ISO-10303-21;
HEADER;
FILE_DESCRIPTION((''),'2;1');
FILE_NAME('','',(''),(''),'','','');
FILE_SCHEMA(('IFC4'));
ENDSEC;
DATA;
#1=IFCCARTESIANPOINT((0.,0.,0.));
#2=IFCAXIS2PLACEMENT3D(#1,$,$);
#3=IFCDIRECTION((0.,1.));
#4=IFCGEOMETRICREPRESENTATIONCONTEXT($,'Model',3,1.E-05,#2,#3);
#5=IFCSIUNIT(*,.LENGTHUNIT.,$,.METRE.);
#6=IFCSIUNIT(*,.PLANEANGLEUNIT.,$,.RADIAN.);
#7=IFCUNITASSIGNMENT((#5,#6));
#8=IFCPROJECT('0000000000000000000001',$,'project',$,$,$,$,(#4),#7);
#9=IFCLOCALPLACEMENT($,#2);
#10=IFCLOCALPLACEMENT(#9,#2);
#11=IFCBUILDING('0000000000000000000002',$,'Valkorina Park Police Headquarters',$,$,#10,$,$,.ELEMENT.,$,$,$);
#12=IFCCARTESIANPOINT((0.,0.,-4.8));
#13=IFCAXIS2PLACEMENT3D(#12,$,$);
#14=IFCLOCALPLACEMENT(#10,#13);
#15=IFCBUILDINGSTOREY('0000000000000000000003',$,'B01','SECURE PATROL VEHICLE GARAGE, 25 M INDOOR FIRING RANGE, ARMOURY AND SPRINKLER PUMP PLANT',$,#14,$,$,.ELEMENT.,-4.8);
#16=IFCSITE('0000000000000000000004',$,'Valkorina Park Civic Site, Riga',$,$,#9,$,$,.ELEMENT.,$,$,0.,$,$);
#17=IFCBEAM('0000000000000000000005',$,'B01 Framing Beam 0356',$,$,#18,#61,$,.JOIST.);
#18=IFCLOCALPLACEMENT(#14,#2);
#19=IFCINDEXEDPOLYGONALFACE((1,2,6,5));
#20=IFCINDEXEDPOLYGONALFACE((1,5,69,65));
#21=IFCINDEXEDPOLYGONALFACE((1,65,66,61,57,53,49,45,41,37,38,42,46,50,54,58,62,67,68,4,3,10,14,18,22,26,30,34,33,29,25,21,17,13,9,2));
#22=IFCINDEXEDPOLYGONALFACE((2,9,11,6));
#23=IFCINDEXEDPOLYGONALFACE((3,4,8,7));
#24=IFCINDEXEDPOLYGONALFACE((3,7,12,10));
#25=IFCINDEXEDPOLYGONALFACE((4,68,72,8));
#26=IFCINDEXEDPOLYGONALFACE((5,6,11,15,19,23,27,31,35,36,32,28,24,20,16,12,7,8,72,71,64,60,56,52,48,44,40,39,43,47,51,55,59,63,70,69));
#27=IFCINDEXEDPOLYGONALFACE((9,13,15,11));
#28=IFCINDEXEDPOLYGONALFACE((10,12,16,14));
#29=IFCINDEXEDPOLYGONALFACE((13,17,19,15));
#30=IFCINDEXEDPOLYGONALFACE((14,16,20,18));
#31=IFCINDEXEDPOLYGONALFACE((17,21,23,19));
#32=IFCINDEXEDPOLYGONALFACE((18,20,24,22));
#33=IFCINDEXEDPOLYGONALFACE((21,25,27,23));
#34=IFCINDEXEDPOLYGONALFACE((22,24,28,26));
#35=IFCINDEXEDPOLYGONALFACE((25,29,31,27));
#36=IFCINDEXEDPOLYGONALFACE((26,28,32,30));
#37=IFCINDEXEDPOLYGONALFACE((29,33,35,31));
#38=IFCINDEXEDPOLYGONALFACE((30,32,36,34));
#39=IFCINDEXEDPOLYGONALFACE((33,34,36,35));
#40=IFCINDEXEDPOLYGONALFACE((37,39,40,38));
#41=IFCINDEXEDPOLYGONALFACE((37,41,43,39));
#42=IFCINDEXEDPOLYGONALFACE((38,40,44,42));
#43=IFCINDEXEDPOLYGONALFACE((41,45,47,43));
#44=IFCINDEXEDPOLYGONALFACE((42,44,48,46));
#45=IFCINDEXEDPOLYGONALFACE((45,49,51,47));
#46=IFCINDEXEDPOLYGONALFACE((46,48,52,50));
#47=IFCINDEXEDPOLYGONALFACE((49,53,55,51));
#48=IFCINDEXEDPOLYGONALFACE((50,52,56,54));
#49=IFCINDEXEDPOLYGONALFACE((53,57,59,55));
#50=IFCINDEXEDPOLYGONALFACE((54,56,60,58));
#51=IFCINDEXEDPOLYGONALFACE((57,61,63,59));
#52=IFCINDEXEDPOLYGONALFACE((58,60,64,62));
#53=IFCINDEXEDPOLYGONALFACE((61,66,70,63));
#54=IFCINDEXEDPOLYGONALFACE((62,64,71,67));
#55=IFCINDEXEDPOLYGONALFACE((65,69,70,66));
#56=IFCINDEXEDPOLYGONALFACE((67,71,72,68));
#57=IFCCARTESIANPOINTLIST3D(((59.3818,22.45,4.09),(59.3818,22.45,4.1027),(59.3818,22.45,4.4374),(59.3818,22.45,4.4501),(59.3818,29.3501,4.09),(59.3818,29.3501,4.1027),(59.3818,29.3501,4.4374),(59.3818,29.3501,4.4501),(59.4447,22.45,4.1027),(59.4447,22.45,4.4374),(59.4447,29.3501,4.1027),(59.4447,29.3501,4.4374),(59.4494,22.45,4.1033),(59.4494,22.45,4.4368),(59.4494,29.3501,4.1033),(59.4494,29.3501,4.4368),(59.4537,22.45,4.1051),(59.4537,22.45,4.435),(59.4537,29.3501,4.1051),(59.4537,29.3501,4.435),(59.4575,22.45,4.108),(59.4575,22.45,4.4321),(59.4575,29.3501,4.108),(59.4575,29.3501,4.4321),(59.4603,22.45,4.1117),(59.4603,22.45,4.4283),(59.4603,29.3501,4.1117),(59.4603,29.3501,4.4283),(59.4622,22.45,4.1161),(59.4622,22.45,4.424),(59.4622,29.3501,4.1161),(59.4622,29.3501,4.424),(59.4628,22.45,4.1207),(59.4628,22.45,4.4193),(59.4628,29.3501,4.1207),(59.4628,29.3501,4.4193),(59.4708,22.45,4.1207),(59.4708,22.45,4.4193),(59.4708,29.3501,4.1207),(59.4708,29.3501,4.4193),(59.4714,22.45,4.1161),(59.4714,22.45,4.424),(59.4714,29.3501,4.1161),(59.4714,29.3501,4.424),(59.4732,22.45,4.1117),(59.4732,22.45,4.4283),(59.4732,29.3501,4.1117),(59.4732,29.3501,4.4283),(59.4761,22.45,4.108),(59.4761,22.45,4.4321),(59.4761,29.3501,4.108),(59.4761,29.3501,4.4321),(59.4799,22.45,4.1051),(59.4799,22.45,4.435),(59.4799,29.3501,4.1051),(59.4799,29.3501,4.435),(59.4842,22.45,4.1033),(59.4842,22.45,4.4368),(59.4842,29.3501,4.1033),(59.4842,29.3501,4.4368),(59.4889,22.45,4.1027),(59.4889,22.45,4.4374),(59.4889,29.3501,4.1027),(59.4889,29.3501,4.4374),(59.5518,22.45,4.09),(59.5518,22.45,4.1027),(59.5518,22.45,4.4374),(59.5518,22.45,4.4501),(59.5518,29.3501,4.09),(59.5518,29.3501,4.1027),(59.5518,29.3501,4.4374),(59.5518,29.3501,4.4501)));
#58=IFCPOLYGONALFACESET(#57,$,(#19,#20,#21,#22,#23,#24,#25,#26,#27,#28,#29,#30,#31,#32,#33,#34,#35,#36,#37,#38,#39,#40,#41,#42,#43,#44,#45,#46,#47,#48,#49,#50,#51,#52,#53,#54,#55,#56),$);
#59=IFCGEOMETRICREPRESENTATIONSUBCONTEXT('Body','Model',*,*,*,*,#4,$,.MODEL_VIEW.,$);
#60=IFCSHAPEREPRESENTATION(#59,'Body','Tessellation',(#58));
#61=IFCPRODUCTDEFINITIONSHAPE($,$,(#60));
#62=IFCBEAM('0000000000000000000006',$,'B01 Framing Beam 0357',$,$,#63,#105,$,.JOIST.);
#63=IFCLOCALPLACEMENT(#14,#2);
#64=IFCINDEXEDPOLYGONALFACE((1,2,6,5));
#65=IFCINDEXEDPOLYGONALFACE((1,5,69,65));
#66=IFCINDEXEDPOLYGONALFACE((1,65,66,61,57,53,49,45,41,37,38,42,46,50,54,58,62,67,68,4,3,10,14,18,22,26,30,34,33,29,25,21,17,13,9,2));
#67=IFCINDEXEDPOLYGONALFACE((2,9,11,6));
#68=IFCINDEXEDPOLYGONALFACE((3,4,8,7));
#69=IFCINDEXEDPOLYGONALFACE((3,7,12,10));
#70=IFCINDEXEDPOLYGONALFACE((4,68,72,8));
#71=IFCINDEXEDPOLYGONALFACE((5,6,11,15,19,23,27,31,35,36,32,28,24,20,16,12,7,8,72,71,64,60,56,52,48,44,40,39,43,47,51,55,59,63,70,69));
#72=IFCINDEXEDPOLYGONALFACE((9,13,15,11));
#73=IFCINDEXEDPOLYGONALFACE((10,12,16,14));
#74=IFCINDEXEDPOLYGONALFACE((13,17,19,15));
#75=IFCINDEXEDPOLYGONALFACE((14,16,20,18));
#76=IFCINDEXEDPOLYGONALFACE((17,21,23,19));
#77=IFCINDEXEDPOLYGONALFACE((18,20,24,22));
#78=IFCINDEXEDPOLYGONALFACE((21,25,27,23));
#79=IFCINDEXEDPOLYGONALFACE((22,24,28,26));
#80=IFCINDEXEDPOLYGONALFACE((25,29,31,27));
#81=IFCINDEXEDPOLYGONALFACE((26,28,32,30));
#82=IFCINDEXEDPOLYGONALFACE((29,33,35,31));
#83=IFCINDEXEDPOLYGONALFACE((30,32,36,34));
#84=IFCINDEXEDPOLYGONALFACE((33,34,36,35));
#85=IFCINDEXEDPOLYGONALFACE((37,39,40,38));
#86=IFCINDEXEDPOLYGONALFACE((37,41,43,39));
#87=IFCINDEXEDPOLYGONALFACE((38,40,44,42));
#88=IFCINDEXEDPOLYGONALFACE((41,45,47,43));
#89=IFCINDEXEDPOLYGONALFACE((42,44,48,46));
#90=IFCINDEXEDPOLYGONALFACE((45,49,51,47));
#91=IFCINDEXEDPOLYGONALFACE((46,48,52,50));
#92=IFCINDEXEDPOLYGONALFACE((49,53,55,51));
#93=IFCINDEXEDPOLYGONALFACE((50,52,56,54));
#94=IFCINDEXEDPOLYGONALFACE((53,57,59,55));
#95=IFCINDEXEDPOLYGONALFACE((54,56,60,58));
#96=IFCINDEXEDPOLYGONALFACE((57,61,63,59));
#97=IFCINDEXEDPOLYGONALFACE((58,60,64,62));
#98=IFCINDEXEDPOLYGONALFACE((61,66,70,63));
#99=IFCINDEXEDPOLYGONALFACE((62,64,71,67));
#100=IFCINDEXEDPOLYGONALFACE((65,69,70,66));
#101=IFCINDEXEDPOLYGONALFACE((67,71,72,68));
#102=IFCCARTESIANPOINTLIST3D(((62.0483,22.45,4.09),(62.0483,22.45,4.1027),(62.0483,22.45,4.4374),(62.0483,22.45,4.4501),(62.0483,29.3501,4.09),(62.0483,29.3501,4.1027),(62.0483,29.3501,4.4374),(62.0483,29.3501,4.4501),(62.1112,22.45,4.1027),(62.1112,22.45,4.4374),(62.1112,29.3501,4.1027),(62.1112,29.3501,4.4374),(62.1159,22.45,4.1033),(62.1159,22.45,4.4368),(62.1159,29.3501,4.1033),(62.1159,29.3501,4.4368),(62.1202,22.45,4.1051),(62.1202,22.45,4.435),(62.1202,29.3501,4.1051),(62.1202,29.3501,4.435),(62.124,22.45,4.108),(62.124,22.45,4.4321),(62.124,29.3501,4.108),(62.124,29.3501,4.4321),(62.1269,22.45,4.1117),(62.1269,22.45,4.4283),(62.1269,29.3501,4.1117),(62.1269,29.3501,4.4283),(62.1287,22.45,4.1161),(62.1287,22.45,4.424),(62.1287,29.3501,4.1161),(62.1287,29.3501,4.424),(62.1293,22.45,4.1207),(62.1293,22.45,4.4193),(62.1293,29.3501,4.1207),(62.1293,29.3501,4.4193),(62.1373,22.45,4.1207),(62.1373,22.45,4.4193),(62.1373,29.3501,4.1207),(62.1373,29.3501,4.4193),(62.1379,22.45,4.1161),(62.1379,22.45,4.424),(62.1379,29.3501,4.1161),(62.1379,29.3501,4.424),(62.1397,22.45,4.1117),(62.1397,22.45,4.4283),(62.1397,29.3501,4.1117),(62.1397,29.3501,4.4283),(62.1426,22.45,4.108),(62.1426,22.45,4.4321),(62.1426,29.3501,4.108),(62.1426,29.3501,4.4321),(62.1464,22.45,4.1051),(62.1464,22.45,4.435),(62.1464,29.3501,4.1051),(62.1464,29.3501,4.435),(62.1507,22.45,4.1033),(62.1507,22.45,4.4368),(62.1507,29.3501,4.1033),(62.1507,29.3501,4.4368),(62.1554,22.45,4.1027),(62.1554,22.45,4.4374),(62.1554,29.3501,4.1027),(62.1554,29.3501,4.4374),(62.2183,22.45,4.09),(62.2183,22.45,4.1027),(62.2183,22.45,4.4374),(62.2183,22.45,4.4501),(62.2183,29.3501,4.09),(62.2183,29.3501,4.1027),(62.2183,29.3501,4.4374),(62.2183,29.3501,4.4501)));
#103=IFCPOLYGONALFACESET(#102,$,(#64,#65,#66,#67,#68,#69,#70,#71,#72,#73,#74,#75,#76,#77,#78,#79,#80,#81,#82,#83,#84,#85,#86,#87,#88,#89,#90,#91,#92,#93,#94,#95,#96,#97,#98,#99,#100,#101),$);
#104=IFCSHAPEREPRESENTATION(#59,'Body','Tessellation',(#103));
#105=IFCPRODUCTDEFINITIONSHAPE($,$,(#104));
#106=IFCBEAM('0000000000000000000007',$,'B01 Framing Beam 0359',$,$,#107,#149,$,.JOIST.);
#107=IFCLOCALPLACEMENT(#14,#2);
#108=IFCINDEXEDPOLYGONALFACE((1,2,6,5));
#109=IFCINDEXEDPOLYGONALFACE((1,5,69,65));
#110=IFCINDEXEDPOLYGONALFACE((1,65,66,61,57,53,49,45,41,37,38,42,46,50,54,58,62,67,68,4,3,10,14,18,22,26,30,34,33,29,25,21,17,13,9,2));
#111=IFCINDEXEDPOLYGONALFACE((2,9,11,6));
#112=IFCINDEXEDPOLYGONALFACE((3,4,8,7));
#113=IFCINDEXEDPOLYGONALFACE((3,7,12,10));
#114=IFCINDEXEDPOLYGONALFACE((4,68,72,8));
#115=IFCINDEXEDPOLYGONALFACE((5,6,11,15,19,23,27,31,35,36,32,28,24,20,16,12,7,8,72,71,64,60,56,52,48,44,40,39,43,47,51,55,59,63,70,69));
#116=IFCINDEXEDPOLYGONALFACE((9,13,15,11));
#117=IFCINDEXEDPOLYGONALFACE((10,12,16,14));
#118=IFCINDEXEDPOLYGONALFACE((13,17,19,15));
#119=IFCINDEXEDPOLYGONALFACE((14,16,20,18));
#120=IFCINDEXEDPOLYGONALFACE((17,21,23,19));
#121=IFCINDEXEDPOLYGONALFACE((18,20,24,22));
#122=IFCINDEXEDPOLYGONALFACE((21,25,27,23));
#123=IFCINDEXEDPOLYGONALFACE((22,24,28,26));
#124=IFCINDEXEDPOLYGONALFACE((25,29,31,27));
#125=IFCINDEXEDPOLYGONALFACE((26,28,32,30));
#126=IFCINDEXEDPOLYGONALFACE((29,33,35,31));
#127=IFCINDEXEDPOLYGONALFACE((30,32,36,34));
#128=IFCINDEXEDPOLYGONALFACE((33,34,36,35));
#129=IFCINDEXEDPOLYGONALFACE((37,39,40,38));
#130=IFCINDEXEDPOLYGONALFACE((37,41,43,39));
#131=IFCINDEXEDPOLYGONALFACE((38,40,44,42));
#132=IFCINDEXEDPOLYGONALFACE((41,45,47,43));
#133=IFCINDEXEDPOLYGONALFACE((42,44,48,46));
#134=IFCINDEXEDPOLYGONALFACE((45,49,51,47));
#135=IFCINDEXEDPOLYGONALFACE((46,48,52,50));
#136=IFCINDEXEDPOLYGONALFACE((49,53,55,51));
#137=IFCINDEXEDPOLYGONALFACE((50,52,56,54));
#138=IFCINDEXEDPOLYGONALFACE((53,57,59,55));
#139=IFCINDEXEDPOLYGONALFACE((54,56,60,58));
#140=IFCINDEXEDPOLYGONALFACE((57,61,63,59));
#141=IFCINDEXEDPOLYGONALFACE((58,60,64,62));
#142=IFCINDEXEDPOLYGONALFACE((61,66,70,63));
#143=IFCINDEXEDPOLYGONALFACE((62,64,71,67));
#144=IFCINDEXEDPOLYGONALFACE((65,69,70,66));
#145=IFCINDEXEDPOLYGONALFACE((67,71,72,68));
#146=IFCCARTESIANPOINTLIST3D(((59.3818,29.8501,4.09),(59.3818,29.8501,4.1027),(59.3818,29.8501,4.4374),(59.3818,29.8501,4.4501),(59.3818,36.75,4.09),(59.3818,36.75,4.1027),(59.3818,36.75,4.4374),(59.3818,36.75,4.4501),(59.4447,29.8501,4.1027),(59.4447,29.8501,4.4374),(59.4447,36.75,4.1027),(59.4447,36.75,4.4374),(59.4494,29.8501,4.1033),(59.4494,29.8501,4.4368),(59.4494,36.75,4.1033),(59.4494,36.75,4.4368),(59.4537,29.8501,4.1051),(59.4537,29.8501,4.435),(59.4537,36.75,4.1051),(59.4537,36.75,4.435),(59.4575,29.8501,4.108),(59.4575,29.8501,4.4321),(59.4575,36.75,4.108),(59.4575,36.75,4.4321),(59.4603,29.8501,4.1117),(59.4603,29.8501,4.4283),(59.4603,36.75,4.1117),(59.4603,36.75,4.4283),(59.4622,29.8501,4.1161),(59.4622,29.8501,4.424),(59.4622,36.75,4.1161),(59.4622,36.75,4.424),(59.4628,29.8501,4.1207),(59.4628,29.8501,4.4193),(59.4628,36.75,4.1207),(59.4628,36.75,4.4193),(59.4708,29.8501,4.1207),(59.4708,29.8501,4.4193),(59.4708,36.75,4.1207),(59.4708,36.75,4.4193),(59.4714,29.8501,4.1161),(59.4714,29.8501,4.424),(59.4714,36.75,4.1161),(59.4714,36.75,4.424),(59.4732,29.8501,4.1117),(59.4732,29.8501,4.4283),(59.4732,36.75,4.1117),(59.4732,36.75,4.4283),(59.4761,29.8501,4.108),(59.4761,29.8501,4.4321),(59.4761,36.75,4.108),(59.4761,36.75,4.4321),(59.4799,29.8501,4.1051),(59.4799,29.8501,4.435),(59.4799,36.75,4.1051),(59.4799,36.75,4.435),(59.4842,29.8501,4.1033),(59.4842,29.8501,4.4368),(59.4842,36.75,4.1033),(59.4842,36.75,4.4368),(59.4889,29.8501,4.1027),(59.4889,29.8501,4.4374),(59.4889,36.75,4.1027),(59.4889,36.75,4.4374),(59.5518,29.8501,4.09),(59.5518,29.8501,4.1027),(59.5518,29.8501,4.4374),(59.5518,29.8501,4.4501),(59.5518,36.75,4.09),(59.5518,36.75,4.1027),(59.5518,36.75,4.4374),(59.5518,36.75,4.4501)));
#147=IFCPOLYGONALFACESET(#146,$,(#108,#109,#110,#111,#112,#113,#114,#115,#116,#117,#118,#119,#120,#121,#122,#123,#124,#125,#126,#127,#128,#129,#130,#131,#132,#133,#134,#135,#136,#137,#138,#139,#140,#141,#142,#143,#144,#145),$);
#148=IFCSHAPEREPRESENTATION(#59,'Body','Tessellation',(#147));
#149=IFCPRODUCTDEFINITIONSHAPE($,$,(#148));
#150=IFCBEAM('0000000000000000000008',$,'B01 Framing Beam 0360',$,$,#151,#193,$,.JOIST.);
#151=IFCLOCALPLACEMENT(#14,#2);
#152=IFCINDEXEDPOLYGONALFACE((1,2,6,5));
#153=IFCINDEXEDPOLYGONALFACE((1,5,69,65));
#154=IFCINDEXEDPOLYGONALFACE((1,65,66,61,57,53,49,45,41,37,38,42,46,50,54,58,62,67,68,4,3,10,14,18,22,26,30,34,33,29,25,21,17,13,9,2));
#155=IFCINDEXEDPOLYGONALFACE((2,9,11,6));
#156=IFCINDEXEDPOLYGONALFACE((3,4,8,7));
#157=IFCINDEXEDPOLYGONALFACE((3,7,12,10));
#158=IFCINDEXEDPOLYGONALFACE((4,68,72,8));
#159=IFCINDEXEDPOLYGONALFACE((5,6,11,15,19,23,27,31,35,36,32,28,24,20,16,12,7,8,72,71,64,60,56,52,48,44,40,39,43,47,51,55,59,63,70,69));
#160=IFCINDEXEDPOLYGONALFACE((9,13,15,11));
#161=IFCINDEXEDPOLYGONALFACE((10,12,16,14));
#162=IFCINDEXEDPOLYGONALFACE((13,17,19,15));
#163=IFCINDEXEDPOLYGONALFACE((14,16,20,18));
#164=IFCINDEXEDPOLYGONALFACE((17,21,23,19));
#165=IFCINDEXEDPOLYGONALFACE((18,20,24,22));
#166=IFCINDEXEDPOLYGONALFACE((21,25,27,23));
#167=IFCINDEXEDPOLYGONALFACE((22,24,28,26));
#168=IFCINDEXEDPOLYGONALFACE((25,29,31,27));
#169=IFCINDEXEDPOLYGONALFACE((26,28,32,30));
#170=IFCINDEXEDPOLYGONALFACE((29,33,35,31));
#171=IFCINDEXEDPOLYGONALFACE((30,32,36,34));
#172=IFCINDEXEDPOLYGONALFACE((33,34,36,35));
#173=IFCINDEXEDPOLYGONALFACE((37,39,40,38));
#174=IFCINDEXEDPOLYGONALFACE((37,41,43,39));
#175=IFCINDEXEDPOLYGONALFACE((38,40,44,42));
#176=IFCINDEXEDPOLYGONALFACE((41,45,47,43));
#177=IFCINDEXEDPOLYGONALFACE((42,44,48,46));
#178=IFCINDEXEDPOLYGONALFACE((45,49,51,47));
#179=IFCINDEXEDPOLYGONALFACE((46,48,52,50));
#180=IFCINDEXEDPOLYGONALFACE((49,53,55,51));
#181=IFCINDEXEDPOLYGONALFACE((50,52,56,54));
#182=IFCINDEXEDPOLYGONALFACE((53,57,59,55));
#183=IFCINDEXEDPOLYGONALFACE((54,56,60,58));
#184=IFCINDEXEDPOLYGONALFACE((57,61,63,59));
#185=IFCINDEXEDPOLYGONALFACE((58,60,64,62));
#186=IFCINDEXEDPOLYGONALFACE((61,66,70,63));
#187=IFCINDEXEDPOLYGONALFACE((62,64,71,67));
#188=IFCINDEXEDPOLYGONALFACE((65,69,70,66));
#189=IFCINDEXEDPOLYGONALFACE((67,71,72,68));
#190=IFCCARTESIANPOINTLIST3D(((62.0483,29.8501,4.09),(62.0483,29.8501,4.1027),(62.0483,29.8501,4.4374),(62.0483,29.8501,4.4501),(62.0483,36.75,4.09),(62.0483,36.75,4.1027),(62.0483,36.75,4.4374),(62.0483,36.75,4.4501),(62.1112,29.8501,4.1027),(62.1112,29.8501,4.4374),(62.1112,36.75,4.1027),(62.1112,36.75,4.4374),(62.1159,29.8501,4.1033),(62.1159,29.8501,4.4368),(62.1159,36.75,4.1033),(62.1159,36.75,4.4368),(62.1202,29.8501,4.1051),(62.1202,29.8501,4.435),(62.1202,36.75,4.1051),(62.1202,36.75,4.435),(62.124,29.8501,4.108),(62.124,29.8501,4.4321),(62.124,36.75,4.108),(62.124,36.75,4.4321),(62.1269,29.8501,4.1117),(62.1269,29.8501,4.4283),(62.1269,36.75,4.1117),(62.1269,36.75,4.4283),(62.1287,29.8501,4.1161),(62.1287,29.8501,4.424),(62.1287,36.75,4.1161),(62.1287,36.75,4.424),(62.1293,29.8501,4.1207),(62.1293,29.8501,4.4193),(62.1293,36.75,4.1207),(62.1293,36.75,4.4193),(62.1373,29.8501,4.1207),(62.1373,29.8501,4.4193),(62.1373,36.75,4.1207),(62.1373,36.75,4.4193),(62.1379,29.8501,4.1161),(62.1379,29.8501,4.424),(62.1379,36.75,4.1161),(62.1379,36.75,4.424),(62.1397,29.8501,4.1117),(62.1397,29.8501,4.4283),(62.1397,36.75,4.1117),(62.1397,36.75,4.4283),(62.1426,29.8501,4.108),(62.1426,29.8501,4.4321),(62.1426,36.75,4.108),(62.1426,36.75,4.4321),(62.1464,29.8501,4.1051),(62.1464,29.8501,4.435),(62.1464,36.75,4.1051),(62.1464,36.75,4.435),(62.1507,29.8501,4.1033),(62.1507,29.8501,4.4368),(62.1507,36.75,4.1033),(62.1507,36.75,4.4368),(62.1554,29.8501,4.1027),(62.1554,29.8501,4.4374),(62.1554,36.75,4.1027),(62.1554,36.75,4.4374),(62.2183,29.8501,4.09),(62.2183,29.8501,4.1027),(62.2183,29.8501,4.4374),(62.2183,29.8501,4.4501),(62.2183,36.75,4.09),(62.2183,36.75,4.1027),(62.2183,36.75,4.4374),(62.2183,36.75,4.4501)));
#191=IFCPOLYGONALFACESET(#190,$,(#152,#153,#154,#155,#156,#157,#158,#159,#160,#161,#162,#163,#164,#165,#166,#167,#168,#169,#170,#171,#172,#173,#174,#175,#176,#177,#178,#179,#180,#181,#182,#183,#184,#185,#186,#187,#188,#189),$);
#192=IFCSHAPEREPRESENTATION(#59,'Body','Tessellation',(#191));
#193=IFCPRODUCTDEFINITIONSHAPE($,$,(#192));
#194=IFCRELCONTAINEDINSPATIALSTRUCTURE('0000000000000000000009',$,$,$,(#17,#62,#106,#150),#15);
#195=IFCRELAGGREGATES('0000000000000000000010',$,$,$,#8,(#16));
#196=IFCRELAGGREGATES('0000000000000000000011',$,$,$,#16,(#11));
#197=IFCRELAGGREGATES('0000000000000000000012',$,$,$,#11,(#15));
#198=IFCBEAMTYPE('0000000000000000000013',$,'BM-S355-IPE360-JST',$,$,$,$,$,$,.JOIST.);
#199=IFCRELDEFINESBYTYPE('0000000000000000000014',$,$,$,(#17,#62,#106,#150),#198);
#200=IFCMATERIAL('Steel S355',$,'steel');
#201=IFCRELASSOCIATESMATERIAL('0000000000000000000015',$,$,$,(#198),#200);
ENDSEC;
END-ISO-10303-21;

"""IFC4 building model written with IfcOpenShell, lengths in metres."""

from ifc_helpers import new_model, si_unit, direction, frame, origin, origin_2d, place, context, subcontext, project, spatial, i_section, extrude, material, material_profile, profile_set, type_object, element, save


model = new_model("IFC4")

# Units and contexts
model_context = context("Model", 3, precision=1e-05, world=origin(), true_north=direction((0.0, 1.0)))
body_context = subcontext(model_context, "Body", "Model", "MODEL_VIEW")
ifc_project = project(units=[si_unit("LENGTHUNIT", "METRE"), si_unit("PLANEANGLEUNIT", "RADIAN")], contexts=[model_context])

# Site, building, storey
site_placement = place(None, origin())
site = spatial("IfcSite", under=ifc_project, at=site_placement, Name="Valkorina Park Civic Site, Riga", CompositionType="ELEMENT", RefElevation=0.0)
building_placement = place(site_placement, origin())
building = spatial("IfcBuilding", under=site, at=building_placement, Name="Valkorina Park Police Headquarters", CompositionType="ELEMENT")
storey_placement = place(building_placement, frame((0.0, 0.0, -4.8)))
storey = spatial("IfcBuildingStorey", under=building, at=storey_placement, Name="B01", Description="SECURE PATROL VEHICLE GARAGE, 25 M INDOOR FIRING RANGE, ARMOURY AND SPRINKLER PUMP PLANT", CompositionType="ELEMENT", Elevation=-4.8)

# Beams
ifc_material_1 = material(Name="Steel S355", Category="steel")
ifc_material_profile_1 = material_profile(ifc_material_1, i_section(OverallWidth=0.1699, OverallDepth=0.3601, WebThickness=0.0081, FlangeThickness=0.0127, FilletRadius=0.0181, at=origin_2d()), Name="IPE 360")
ifc_profile_set_1 = profile_set([ifc_material_profile_1], Name="Steel S355")
beam_type_1 = type_object("IfcBeamType", Name="BM-S355-IPE360-JST", PredefinedType="JOIST", material=ifc_profile_set_1)
for number, where, z_axis, x_axis, name in (
    (1, (59.4668, 22.45, 4.27), (0.0, 1.0, 0.0), (-1.0, 0.0, 0.0), "B01 Framing Beam 0356"),
    (2, (62.1333, 22.45, 4.27), (0.0, 1.0, 0.0), (-1.0, 0.0, 0.0), "B01 Framing Beam 0357"),
):
    element("IfcBeam", number, at=place(storey_placement, frame(where, z_axis=z_axis, x_axis=x_axis)), inside=storey, type_object=beam_type_1, Name=name, PredefinedType="JOIST", context=body_context, shape_type="SweptSolid", body=[
        extrude(i_section(OverallWidth=0.1699, OverallDepth=0.3601, WebThickness=0.0081, FlangeThickness=0.0127, FilletRadius=0.0181, at=origin_2d()), origin(), (0.0, 0.0, 1.0), 6.9001),
    ])
for number, where, z_axis, x_axis, name in (
    (3, (59.4668, 29.8501, 4.27), (0.0, 1.0, 0.0), (-1.0, 0.0, 0.0), "B01 Framing Beam 0359"),
    (4, (62.1333, 29.8501, 4.27), (0.0, 1.0, 0.0), (-1.0, 0.0, 0.0), "B01 Framing Beam 0360"),
):
    element("IfcBeam", number, at=place(storey_placement, frame(where, z_axis=z_axis, x_axis=x_axis)), inside=storey, type_object=beam_type_1, Name=name, PredefinedType="JOIST", context=body_context, shape_type="SweptSolid", body=[
        extrude(i_section(OverallWidth=0.1699, OverallDepth=0.3601, WebThickness=0.0081, FlangeThickness=0.0127, FilletRadius=0.0181, at=origin_2d()), origin(), (0.0, 0.0, 1.0), 6.8999),
    ])

save(model, "model.ifc")
